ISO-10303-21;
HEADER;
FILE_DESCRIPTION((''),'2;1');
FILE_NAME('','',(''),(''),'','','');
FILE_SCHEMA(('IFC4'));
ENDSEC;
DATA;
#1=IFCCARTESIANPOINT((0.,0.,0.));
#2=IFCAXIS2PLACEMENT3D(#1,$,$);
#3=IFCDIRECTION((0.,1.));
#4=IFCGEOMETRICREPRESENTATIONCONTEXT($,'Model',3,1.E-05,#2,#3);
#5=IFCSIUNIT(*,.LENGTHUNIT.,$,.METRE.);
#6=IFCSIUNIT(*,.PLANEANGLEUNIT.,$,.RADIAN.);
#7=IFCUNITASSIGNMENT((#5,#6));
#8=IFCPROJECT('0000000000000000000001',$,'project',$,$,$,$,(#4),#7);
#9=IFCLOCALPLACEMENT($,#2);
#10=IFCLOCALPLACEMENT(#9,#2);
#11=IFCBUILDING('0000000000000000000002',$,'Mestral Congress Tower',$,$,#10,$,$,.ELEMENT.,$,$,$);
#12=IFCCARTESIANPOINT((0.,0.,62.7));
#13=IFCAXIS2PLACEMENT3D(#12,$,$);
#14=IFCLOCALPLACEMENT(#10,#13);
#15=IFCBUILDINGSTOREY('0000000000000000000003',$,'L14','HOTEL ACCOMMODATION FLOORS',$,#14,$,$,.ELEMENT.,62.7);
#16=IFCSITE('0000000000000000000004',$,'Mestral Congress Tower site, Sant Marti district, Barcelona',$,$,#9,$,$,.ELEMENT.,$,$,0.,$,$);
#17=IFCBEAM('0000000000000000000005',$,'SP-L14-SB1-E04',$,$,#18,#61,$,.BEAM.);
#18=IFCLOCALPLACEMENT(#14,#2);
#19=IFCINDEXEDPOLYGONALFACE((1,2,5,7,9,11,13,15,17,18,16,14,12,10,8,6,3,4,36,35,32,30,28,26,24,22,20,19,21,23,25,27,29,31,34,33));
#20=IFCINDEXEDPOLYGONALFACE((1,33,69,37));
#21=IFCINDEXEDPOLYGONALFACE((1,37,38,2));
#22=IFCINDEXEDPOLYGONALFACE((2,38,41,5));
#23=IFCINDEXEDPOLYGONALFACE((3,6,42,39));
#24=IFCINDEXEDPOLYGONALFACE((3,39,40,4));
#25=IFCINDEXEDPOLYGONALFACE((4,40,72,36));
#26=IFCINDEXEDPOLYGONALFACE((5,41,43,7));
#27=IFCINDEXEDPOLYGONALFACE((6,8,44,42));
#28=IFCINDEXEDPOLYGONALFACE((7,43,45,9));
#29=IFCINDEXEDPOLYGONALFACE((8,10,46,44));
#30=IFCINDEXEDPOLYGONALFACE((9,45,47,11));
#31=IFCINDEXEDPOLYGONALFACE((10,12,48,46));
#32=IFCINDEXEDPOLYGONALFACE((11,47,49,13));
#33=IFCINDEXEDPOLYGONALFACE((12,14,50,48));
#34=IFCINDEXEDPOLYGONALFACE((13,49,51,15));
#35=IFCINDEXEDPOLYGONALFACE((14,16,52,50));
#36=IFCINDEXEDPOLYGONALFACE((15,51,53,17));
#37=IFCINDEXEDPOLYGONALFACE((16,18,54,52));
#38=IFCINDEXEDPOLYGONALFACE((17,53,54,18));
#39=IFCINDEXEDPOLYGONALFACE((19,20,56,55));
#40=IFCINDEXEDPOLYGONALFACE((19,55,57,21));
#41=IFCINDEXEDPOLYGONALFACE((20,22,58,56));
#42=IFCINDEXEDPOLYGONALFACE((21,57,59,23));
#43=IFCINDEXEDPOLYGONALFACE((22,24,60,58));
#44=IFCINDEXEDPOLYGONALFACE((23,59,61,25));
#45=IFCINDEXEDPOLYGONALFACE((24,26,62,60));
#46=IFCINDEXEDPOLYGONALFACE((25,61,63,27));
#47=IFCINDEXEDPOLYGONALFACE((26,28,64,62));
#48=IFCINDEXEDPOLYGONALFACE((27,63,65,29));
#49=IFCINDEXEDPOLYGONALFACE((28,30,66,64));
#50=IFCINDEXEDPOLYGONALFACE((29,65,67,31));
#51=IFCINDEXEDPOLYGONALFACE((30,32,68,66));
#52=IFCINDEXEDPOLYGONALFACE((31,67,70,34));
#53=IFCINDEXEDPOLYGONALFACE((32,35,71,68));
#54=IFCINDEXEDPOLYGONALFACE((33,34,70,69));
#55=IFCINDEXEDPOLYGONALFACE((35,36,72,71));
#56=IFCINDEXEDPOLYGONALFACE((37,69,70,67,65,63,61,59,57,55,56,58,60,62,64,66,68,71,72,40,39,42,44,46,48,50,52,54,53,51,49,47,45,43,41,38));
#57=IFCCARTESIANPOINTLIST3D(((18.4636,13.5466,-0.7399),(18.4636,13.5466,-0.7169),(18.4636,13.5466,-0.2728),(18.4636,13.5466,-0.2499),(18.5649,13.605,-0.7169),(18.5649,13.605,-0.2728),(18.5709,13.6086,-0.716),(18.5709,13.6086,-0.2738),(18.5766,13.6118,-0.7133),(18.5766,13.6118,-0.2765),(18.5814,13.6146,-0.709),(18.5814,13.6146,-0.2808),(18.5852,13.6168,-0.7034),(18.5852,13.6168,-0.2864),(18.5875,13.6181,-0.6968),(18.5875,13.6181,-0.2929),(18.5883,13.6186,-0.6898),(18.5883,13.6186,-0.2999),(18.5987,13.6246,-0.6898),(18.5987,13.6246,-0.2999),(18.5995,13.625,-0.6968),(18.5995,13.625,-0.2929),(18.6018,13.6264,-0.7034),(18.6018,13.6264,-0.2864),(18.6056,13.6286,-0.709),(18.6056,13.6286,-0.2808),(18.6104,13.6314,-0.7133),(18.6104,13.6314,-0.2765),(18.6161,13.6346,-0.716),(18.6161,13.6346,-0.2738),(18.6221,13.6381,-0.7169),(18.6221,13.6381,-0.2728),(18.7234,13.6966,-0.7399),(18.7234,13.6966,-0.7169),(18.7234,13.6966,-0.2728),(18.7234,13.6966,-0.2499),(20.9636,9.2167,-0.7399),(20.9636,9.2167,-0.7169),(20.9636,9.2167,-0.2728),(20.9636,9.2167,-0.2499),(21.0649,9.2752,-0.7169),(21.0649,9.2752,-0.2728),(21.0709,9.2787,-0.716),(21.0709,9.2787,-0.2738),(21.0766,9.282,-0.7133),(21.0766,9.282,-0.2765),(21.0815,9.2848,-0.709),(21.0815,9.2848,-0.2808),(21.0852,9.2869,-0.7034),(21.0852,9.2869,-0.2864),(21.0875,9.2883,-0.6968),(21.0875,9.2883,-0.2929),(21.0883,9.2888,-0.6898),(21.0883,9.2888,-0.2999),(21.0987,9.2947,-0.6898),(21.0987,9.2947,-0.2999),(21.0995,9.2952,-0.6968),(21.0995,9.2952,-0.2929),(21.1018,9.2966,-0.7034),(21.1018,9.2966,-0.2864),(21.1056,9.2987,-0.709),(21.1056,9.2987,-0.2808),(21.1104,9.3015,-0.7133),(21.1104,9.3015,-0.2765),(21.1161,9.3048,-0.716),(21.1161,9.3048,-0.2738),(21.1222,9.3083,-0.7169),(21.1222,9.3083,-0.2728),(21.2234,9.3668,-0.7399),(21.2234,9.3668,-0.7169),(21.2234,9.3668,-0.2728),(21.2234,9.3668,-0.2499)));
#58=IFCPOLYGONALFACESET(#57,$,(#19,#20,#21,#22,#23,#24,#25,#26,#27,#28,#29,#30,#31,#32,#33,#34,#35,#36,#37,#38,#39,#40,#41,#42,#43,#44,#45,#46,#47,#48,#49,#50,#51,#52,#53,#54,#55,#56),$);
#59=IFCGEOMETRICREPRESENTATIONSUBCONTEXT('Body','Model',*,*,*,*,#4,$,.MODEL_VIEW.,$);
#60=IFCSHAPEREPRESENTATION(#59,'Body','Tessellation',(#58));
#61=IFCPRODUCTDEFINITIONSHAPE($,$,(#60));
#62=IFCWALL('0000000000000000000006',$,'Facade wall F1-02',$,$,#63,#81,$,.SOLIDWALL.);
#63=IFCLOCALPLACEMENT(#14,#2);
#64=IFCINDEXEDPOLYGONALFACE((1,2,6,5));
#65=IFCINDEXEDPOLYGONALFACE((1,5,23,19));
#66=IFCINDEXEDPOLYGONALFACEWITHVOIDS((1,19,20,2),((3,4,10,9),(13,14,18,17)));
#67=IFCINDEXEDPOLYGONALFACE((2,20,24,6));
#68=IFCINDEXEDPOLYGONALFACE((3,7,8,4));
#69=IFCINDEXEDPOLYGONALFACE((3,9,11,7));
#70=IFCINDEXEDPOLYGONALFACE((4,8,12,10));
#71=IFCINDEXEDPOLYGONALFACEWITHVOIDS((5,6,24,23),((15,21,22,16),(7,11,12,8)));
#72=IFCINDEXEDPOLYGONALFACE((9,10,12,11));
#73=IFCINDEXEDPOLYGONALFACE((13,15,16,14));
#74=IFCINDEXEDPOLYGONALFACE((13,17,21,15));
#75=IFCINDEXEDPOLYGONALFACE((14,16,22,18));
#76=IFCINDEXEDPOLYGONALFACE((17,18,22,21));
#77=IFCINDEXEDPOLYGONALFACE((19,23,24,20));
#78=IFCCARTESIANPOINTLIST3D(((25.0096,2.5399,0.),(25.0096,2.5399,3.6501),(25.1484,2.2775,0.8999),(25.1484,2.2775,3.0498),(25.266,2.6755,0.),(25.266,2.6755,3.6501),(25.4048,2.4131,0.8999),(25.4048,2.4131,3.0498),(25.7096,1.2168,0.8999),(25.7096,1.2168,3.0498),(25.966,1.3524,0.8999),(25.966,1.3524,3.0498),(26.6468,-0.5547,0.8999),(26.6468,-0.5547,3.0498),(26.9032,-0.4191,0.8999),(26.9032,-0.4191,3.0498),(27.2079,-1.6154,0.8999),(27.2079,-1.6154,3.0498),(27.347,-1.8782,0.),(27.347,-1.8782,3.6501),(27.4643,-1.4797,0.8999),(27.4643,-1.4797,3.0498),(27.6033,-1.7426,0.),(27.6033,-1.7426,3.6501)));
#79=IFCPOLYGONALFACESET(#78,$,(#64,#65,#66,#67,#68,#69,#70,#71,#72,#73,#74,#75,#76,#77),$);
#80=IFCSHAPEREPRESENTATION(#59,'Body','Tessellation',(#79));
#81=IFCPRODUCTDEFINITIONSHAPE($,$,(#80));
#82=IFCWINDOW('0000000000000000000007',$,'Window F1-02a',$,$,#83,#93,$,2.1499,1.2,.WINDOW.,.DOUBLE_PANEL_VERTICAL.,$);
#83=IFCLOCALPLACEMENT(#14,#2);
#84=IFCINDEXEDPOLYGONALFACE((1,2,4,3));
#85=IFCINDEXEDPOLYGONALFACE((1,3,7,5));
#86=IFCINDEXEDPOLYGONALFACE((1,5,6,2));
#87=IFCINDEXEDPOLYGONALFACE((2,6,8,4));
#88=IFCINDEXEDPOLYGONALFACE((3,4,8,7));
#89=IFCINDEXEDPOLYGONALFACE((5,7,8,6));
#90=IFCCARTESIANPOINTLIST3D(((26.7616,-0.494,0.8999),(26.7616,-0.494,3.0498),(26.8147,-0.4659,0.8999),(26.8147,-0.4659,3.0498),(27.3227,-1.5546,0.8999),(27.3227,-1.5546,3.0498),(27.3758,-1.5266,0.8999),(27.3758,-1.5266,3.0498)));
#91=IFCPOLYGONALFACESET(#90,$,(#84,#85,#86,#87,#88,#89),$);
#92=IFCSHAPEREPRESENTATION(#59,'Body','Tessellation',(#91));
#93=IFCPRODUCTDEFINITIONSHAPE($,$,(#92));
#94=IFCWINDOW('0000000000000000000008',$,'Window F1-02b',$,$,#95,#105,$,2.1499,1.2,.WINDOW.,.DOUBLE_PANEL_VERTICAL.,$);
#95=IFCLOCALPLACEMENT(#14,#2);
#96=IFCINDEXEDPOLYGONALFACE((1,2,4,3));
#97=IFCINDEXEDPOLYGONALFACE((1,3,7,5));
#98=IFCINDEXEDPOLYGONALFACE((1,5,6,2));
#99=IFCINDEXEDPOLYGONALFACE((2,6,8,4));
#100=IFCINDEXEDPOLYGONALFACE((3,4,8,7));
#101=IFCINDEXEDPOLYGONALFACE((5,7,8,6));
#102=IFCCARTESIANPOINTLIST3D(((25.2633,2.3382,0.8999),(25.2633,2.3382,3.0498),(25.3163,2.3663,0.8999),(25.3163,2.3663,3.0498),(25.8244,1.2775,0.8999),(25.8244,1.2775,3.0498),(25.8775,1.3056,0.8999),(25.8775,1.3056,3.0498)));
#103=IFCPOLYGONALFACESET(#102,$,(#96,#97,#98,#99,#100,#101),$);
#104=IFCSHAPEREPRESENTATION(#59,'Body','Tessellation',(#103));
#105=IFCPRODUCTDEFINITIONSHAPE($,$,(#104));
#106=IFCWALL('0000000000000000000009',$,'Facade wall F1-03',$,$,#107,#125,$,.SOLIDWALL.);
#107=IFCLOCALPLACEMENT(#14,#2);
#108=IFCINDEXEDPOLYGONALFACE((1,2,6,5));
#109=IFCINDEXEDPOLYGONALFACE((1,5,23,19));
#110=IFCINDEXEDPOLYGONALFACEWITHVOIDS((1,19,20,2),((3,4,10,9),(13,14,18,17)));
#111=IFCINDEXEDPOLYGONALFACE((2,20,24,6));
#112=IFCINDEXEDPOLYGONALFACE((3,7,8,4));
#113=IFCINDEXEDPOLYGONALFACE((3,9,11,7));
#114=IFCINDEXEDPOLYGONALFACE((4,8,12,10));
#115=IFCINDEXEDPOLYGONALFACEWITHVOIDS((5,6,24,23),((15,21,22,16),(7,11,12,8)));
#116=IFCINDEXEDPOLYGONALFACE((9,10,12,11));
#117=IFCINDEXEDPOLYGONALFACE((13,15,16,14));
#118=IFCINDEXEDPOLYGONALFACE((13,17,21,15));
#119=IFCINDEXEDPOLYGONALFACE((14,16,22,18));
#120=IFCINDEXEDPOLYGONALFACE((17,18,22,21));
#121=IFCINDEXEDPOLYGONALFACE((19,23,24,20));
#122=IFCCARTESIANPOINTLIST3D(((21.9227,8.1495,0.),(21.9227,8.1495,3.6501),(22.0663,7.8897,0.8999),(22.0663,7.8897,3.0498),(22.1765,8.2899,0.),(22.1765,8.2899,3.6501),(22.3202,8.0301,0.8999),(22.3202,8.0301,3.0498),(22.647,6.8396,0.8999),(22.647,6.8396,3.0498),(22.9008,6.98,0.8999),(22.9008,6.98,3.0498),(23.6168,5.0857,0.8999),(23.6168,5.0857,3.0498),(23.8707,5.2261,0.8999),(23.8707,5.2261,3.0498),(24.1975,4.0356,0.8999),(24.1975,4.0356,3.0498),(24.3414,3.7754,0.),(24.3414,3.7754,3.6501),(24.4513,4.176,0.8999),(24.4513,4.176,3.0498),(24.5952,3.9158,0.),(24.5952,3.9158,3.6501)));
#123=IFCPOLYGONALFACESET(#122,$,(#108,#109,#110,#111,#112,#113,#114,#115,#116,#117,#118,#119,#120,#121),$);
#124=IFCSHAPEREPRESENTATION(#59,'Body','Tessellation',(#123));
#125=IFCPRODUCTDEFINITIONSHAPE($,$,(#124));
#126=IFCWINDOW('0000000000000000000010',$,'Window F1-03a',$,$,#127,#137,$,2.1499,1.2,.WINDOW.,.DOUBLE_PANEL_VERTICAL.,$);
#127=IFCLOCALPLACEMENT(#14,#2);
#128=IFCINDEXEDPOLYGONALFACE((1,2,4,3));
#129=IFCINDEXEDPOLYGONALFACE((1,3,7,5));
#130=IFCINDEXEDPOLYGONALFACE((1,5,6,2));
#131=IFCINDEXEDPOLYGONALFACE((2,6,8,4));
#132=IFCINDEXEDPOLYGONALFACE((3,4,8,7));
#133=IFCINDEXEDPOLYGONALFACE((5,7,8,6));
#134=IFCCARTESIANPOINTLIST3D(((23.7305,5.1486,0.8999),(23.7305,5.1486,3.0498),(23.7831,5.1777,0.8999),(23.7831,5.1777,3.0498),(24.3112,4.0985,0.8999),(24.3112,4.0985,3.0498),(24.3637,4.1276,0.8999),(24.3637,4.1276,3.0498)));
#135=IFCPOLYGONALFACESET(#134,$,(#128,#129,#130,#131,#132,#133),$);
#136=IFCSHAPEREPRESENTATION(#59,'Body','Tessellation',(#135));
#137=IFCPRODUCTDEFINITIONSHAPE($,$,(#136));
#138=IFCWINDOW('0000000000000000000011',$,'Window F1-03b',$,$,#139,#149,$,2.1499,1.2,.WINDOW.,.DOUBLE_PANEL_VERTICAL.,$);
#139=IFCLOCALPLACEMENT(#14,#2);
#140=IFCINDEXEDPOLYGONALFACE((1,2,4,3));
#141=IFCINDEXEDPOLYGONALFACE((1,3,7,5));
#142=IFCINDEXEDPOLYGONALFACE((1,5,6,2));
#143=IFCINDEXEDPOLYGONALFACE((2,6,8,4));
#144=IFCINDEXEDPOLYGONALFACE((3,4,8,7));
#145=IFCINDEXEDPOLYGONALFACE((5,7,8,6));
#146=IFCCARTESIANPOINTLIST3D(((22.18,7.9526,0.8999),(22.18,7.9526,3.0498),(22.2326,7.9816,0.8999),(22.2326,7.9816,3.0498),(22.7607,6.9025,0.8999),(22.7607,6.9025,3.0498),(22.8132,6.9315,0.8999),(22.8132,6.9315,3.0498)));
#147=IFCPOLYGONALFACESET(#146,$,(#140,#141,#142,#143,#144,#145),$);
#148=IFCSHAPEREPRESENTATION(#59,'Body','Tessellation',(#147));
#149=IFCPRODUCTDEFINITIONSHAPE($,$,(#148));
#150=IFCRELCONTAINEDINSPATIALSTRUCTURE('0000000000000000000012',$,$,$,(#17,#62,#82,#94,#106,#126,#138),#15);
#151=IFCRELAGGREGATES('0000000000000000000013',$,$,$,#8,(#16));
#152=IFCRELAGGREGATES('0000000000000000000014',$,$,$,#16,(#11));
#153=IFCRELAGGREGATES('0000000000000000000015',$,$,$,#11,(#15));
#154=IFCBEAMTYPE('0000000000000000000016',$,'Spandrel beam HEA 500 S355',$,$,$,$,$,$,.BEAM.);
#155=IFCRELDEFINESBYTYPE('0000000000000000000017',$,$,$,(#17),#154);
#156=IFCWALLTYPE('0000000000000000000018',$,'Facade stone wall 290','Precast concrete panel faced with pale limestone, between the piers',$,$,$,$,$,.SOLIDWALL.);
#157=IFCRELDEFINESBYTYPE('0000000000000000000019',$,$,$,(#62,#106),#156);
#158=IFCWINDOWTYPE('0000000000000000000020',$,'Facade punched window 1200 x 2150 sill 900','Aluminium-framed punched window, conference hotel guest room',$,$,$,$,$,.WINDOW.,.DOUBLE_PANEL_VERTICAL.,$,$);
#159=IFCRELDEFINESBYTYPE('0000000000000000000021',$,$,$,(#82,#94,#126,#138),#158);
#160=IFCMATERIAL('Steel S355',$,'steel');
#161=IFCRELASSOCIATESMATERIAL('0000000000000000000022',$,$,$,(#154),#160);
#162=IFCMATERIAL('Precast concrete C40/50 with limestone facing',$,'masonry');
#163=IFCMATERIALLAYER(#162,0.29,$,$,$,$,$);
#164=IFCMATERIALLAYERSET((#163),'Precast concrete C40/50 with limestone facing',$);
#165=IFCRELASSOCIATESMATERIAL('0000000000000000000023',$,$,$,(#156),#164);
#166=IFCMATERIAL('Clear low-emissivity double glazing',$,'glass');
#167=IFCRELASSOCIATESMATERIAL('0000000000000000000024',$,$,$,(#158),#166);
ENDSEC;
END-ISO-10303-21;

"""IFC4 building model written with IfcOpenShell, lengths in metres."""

from ifc_helpers import new_model, si_unit, direction, frame, frame_2d, origin, origin_2d, place, context, subcontext, project, spatial, rectangle, i_section, extrude, material, layer, layer_set, material_profile, profile_set, type_object, element, fill, save


model = new_model("IFC4")

# Units and contexts
model_context = context("Model", 3, precision=1e-05, world=origin(), true_north=direction((0.0, 1.0)))
body_context = subcontext(model_context, "Body", "Model", "MODEL_VIEW")
ifc_project = project(units=[si_unit("LENGTHUNIT", "METRE"), si_unit("PLANEANGLEUNIT", "RADIAN")], contexts=[model_context])

# Site, building, storey
site_placement = place(None, origin())
site = spatial("IfcSite", under=ifc_project, at=site_placement, Name="Mestral Congress Tower site, Sant Marti district, Barcelona", CompositionType="ELEMENT", RefElevation=0.0)
building_placement = place(site_placement, origin())
building = spatial("IfcBuilding", under=site, at=building_placement, Name="Mestral Congress Tower", CompositionType="ELEMENT")
storey_placement = place(building_placement, frame((0.0, 0.0, 62.7)))
storey = spatial("IfcBuildingStorey", under=building, at=storey_placement, Name="L14", Description="HOTEL ACCOMMODATION FLOORS", CompositionType="ELEMENT", Elevation=62.7)

# Beam
ifc_material_1 = material(Name="Steel S355", Category="steel")
ifc_material_profile_1 = material_profile(ifc_material_1, i_section(OverallWidth=0.3, OverallDepth=0.49, WebThickness=0.012, FlangeThickness=0.0229, FilletRadius=0.0271, at=origin_2d()), Name="HEA 500")
ifc_profile_set_1 = profile_set([ifc_material_profile_1], Name="Steel S355")
beam_type_1 = type_object("IfcBeamType", Name="Spandrel beam HEA 500 S355", PredefinedType="BEAM", material=ifc_profile_set_1)
for number, where, z_axis, x_axis, name in (
    (1, (21.0935, 9.2917, -0.4949), (-0.500025, 0.866011, 0.0), (-0.866011, -0.500025, 0.0), "SP-L14-SB1-E04"),
):
    element("IfcBeam", number, at=place(storey_placement, frame(where, z_axis=z_axis, x_axis=x_axis)), inside=storey, type_object=beam_type_1, Name=name, PredefinedType="BEAM", context=body_context, shape_type="SweptSolid", body=[
        extrude(i_section(OverallWidth=0.3, OverallDepth=0.49, WebThickness=0.012, FlangeThickness=0.0229, FilletRadius=0.0271, at=origin_2d()), origin(), (0.0, 0.0, 1.0), 4.9998),
    ])

# Walls, openings, windows
ifc_material_2 = material(Name="Precast concrete C40/50 with limestone facing", Category="masonry")
ifc_layer_1 = layer(ifc_material_2, 0.29)
ifc_layer_set_1 = layer_set([ifc_layer_1], Name="Precast concrete C40/50 with limestone facing")
wall_type_1 = type_object("IfcWallType", Name="Facade stone wall 290", Description="Precast concrete panel faced with pale limestone, between the piers", PredefinedType="SOLIDWALL", material=ifc_layer_set_1)
wall_1_placement = place(storey_placement, frame((27.4751, -1.8103, 0.0), z_axis=(0.0, 0.0, 1.0), x_axis=(-0.46763, 0.883925, 0.0)))
wall_1 = element("IfcWall", 2, at=wall_1_placement, inside=storey, type_object=wall_type_1, Name="Facade wall F1-02", PredefinedType="SOLIDWALL", context=body_context, shape_type="SweptSolid", body=[
    extrude(rectangle(XDim=4.9983, YDim=0.29, at=frame_2d((2.499, 0.0))), origin(), (0.0, 0.0, 1.0), 3.6501),
])
opening_1_placement = place(wall_1_placement, frame((0.2971, 0.0, 0.8999)))
opening_1 = element("IfcOpeningElement", 3, at=opening_1_placement, cuts=wall_1, PredefinedType="OPENING", context=body_context, shape_type="SweptSolid", body=[
    extrude(rectangle(XDim=1.2, YDim=2.1499, at=frame_2d((0.6001, 1.075))), frame((0.0, 0.155, 0.0), z_axis=(0.0, -1.0, 0.0), x_axis=(1.0, 0.0, 0.0)), (0.0, 0.0, 1.0), 0.3101),
])
opening_2_placement = place(wall_1_placement, frame((3.5012, 0.0, 0.8999)))
opening_2 = element("IfcOpeningElement", 4, at=opening_2_placement, cuts=wall_1, PredefinedType="OPENING", context=body_context, shape_type="SweptSolid", body=[
    extrude(rectangle(XDim=1.2, YDim=2.1499, at=frame_2d((0.6001, 1.075))), frame((0.0, 0.155, 0.0), z_axis=(0.0, -1.0, 0.0), x_axis=(1.0, 0.0, 0.0)), (0.0, 0.0, 1.0), 0.3101),
])
ifc_material_3 = material(Name="Clear low-emissivity double glazing", Category="glass")
window_type = type_object("IfcWindowType", Name="Facade punched window 1200 x 2150 sill 900", Description="Aluminium-framed punched window, conference hotel guest room", PartitioningType="DOUBLE_PANEL_VERTICAL", PredefinedType="WINDOW", material=ifc_material_3)
window_1_placement = place(opening_1_placement, origin())
window_1 = element("IfcWindow", 5, at=window_1_placement, inside=storey, type_object=window_type, Name="Window F1-02a", OverallHeight=2.1499, OverallWidth=1.2, PartitioningType="DOUBLE_PANEL_VERTICAL", PredefinedType="WINDOW", context=body_context, shape_type="SweptSolid", body=[
    extrude(rectangle(XDim=1.2, YDim=2.1499, at=frame_2d((0.6001, 1.075))), frame((0.0, 0.0151, 0.0), z_axis=(0.0, -1.0, 0.0), x_axis=(1.0, 0.0, 0.0)), (0.0, 0.0, 1.0), 0.0601),
])
fill(opening_1, window_1)
window_2_placement = place(opening_2_placement, origin())
window_2 = element("IfcWindow", 6, at=window_2_placement, inside=storey, type_object=window_type, Name="Window F1-02b", OverallHeight=2.1499, OverallWidth=1.2, PartitioningType="DOUBLE_PANEL_VERTICAL", PredefinedType="WINDOW", context=body_context, shape_type="SweptSolid", body=[
    extrude(rectangle(XDim=1.2, YDim=2.1499, at=frame_2d((0.6001, 1.075))), frame((0.0, 0.0151, 0.0), z_axis=(0.0, -1.0, 0.0), x_axis=(1.0, 0.0, 0.0)), (0.0, 0.0, 1.0), 0.0601),
])
fill(opening_2, window_2)
wall_2_placement = place(storey_placement, frame((24.4683, 3.8457, 0.0), z_axis=(0.0, 0.0, 1.0), x_axis=(-0.483913, 0.875116, 0.0)))
wall_2 = element("IfcWall", 7, at=wall_2_placement, inside=storey, type_object=wall_type_1, Name="Facade wall F1-03", PredefinedType="SOLIDWALL", context=body_context, shape_type="SweptSolid", body=[
    extrude(rectangle(XDim=4.9983, YDim=0.29, at=frame_2d((2.499, 0.0))), origin(), (0.0, 0.0, 1.0), 3.6501),
])
opening_3_placement = place(wall_2_placement, frame((0.2971, 0.0, 0.8999)))
opening_3 = element("IfcOpeningElement", 8, at=opening_3_placement, cuts=wall_2, PredefinedType="OPENING", context=body_context, shape_type="SweptSolid", body=[
    extrude(rectangle(XDim=1.2, YDim=2.1499, at=frame_2d((0.6001, 1.075))), frame((0.0, 0.155, 0.0), z_axis=(0.0, -1.0, 0.0), x_axis=(1.0, 0.0, 0.0)), (0.0, 0.0, 1.0), 0.3101),
])
opening_4_placement = place(wall_2_placement, frame((3.5012, 0.0, 0.8999)))
opening_4 = element("IfcOpeningElement", 9, at=opening_4_placement, cuts=wall_2, PredefinedType="OPENING", context=body_context, shape_type="SweptSolid", body=[
    extrude(rectangle(XDim=1.2, YDim=2.1499, at=frame_2d((0.6001, 1.075))), frame((0.0, 0.155, 0.0), z_axis=(0.0, -1.0, 0.0), x_axis=(1.0, 0.0, 0.0)), (0.0, 0.0, 1.0), 0.3101),
])
window_3_placement = place(opening_3_placement, origin())
window_3 = element("IfcWindow", 10, at=window_3_placement, inside=storey, type_object=window_type, Name="Window F1-03a", OverallHeight=2.1499, OverallWidth=1.2, PartitioningType="DOUBLE_PANEL_VERTICAL", PredefinedType="WINDOW", context=body_context, shape_type="SweptSolid", body=[
    extrude(rectangle(XDim=1.2, YDim=2.1499, at=frame_2d((0.6001, 1.075))), frame((0.0, 0.0151, 0.0), z_axis=(0.0, -1.0, 0.0), x_axis=(1.0, 0.0, 0.0)), (0.0, 0.0, 1.0), 0.0601),
])
fill(opening_3, window_3)
window_4_placement = place(opening_4_placement, origin())
window_4 = element("IfcWindow", 11, at=window_4_placement, inside=storey, type_object=window_type, Name="Window F1-03b", OverallHeight=2.1499, OverallWidth=1.2, PartitioningType="DOUBLE_PANEL_VERTICAL", PredefinedType="WINDOW", context=body_context, shape_type="SweptSolid", body=[
    extrude(rectangle(XDim=1.2, YDim=2.1499, at=frame_2d((0.6001, 1.075))), frame((0.0, 0.0151, 0.0), z_axis=(0.0, -1.0, 0.0), x_axis=(1.0, 0.0, 0.0)), (0.0, 0.0, 1.0), 0.0601),
])
fill(opening_4, window_4)

save(model, "model.ifc")
